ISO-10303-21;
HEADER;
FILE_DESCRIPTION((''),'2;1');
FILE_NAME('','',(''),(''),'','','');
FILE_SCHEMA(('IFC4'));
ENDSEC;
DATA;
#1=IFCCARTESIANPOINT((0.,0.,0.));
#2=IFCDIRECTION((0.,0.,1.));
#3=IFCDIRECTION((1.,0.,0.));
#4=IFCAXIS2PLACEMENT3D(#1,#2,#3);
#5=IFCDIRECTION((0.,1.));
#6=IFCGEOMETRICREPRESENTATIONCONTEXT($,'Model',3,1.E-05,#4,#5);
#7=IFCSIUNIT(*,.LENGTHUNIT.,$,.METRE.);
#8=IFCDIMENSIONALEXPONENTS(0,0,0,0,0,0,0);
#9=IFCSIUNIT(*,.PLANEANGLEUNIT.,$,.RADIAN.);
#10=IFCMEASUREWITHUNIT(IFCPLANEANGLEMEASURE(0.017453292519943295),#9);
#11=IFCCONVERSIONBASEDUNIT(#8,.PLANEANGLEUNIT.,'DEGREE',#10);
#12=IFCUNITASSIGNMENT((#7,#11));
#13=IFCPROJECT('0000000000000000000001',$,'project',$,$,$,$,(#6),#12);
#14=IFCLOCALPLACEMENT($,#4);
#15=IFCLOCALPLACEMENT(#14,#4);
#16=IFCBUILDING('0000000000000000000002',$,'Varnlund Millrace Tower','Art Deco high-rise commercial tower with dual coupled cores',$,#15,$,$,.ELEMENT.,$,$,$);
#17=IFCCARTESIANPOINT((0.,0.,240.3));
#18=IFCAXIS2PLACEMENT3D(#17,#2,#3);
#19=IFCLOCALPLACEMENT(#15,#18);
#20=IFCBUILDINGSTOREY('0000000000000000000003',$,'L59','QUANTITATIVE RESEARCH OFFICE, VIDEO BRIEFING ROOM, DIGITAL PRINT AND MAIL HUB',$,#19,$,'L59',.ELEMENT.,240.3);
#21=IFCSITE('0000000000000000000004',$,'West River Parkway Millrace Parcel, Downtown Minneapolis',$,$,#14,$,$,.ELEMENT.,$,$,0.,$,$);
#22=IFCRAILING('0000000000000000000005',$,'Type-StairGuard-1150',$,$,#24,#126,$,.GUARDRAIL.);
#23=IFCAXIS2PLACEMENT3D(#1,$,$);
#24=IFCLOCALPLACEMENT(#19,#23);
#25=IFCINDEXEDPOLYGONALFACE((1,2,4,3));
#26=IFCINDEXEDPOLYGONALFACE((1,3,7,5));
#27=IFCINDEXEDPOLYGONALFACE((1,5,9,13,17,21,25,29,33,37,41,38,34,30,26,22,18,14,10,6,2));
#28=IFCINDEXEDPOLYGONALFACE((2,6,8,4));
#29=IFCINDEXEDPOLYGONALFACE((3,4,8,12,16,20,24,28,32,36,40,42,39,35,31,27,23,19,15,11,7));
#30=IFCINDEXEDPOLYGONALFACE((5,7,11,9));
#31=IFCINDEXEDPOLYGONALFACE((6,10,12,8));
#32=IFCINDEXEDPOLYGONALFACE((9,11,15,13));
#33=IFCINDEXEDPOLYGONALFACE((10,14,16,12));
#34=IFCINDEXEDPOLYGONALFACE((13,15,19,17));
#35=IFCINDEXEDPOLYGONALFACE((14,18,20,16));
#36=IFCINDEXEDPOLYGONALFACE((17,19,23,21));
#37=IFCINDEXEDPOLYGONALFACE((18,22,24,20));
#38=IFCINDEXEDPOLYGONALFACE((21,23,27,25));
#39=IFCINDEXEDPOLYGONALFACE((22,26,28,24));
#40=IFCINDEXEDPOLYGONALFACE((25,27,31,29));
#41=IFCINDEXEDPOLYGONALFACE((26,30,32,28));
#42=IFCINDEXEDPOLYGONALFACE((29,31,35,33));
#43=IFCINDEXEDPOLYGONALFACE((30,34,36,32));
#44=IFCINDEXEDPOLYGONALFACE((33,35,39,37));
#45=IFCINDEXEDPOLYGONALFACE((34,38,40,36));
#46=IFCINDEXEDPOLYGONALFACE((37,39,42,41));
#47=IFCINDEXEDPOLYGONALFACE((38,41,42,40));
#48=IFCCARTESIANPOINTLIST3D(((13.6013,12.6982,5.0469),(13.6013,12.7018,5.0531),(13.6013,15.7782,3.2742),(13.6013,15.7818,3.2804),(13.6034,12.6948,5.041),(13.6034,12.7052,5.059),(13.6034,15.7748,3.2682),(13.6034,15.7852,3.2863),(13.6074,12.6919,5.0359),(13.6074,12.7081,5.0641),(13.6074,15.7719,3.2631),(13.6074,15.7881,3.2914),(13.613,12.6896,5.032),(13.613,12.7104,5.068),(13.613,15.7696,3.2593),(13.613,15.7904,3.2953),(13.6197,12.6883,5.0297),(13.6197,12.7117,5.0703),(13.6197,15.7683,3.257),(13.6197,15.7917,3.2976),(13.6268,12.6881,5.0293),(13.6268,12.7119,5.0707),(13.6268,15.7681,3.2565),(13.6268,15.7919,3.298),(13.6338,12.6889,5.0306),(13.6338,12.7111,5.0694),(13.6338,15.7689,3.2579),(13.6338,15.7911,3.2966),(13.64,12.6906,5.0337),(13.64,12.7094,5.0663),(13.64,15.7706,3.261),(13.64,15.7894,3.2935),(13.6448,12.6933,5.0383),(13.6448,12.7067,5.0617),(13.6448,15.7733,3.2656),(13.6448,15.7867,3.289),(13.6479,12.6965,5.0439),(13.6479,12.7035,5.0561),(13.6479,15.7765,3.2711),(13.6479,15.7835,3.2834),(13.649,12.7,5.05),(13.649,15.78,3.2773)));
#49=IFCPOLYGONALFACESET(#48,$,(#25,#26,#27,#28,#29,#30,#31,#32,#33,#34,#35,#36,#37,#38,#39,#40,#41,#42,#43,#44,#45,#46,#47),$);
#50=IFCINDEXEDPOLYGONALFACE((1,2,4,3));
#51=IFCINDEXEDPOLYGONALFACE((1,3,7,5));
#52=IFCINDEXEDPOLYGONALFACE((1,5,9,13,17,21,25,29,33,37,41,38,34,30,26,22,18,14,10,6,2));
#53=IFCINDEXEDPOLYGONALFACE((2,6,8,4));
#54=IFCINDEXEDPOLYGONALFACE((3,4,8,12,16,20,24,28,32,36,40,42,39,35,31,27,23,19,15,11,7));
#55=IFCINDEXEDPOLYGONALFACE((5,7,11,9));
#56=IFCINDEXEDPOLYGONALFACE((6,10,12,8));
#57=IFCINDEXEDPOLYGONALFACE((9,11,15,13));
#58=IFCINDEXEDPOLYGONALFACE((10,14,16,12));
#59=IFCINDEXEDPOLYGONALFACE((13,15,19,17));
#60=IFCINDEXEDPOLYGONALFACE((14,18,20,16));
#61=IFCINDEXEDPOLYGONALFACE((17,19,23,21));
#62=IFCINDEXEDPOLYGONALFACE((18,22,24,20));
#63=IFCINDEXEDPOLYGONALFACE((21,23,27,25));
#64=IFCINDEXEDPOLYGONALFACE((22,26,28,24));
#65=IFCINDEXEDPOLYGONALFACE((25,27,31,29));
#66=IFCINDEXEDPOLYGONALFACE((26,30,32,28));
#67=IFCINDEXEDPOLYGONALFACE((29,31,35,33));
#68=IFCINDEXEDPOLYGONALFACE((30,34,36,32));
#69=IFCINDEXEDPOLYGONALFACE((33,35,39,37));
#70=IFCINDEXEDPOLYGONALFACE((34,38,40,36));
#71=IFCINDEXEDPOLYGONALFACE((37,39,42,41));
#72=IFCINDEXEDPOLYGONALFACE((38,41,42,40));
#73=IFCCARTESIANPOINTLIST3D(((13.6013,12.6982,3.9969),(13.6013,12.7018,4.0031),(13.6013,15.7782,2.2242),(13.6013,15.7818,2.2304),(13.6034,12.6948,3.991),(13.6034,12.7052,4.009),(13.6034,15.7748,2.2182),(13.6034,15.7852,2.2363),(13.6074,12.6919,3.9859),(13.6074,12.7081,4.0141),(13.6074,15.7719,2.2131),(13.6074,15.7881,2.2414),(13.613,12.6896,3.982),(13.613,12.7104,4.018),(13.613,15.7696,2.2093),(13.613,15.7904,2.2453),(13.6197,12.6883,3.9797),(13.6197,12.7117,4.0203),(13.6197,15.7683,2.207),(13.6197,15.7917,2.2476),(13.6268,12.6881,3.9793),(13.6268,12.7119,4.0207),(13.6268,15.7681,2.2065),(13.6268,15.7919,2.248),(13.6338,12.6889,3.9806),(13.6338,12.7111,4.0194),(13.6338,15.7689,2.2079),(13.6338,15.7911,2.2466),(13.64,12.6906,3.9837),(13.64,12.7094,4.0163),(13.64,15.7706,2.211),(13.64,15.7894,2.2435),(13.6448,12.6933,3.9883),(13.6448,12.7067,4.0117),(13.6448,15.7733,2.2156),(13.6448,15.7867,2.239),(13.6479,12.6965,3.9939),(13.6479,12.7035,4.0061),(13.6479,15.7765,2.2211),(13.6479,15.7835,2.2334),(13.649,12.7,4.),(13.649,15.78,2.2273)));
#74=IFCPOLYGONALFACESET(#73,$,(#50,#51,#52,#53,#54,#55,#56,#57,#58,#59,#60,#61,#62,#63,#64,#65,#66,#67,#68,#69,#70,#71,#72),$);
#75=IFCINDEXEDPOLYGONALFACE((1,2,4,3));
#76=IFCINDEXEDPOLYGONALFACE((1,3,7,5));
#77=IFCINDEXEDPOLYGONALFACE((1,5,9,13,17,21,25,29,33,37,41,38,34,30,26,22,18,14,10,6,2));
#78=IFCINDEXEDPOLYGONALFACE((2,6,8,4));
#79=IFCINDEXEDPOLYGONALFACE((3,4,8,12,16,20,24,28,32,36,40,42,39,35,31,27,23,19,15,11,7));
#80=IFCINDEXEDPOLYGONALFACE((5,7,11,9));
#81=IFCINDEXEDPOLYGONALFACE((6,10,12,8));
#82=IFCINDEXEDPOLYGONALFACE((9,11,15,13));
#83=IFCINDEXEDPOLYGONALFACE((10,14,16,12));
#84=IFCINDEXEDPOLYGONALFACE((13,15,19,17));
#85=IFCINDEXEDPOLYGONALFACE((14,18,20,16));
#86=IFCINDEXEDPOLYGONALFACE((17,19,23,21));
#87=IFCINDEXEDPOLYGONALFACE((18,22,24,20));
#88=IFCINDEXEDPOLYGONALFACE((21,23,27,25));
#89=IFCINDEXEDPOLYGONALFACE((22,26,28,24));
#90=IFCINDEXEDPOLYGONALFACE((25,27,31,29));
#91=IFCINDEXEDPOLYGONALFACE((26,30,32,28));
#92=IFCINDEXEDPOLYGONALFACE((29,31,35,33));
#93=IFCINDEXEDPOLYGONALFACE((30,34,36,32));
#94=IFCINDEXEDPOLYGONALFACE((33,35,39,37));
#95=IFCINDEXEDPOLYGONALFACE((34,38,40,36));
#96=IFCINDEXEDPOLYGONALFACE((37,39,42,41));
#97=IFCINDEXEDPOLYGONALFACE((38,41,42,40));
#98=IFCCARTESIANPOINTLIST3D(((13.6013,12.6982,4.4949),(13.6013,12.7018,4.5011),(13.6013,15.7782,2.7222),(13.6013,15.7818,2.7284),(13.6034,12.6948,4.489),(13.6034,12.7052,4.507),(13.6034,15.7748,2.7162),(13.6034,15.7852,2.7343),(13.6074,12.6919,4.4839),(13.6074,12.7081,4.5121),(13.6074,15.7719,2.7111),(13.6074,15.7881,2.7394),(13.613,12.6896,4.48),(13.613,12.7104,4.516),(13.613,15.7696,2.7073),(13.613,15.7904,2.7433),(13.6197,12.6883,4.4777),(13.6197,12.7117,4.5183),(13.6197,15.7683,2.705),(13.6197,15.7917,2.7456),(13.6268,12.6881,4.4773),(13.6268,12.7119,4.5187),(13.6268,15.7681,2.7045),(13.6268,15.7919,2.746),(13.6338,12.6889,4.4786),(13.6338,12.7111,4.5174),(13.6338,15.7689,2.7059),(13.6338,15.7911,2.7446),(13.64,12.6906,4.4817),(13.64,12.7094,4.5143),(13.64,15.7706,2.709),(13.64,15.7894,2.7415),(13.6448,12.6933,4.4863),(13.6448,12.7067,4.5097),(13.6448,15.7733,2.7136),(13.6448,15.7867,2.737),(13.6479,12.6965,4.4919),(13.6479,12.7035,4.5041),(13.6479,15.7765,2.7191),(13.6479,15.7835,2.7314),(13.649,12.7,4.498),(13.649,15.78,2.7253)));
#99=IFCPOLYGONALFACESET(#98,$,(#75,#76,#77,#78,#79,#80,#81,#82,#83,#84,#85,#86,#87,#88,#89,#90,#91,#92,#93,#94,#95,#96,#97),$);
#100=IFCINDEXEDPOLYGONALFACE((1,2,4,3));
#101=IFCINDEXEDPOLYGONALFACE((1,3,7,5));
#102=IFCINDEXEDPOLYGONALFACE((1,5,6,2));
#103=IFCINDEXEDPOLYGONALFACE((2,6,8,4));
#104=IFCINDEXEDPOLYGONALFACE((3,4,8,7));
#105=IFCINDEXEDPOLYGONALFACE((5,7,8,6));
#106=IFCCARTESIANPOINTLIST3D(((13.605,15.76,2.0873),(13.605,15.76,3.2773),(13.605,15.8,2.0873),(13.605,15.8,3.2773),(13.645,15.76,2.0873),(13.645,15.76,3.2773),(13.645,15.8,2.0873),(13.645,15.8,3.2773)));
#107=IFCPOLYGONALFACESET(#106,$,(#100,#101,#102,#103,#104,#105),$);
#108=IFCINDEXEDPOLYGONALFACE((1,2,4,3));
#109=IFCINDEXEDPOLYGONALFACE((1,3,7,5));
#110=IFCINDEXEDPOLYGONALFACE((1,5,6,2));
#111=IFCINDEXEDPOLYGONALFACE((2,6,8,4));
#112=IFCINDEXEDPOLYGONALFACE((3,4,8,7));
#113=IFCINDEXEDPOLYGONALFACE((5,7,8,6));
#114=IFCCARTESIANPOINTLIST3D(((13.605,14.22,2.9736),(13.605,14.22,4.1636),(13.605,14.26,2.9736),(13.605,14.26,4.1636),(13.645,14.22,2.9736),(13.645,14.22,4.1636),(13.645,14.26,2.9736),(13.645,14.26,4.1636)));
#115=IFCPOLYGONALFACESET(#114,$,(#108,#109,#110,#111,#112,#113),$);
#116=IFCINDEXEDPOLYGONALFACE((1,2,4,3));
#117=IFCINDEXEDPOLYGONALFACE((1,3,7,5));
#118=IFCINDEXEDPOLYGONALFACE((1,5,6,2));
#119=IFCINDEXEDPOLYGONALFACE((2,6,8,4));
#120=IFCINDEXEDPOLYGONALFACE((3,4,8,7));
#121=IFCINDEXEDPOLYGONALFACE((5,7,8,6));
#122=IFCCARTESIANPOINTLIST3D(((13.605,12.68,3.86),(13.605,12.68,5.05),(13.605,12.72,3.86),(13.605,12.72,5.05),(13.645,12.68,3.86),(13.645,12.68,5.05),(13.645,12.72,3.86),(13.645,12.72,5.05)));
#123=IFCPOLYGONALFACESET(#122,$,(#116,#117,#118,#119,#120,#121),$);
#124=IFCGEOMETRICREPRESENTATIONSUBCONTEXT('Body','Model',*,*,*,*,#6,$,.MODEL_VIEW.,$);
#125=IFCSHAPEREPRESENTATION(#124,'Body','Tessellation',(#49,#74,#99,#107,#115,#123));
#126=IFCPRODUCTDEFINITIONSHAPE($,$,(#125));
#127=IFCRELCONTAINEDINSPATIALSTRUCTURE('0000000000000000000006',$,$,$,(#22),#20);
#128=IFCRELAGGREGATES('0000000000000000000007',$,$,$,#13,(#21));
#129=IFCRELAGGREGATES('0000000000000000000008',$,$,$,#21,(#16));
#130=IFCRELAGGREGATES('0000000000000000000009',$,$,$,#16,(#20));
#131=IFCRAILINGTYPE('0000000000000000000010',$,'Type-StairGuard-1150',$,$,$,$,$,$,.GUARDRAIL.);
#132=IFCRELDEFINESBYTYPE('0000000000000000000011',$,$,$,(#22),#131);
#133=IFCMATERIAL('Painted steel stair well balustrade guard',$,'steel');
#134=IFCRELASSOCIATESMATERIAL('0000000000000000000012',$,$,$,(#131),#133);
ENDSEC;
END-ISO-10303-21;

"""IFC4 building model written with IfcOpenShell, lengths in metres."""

from ifc_helpers import new_model, entity, si_unit, converted_unit, direction, frame, origin_with_axes, origin_2d_with_axis, place, context, subcontext, project, spatial, rectangle, circle, extrude, material, type_object, element, save


model = new_model("IFC4")

# Units and contexts
model_context = context("Model", 3, precision=1e-05, world=origin_with_axes(), true_north=direction((0.0, 1.0)))
body_context = subcontext(model_context, "Body", "Model", "MODEL_VIEW")
ifc_project = project(units=[si_unit("LENGTHUNIT", "METRE"), converted_unit("PLANEANGLEUNIT", "DEGREE", entity("IfcPlaneAngleMeasure", 0.017453292519943295), si_unit("PLANEANGLEUNIT", "RADIAN"), dimensions=[0, 0, 0, 0, 0, 0, 0])], contexts=[model_context])

# Site, building, storey
site_placement = place(None, origin_with_axes())
site = spatial("IfcSite", under=ifc_project, at=site_placement, Name="West River Parkway Millrace Parcel, Downtown Minneapolis", CompositionType="ELEMENT", RefElevation=0.0)
building_placement = place(site_placement, origin_with_axes())
building = spatial("IfcBuilding", under=site, at=building_placement, Name="Varnlund Millrace Tower", Description="Art Deco high-rise commercial tower with dual coupled cores", CompositionType="ELEMENT")
storey_placement = place(building_placement, frame((0.0, 0.0, 240.3), z_axis=(0.0, 0.0, 1.0), x_axis=(1.0, 0.0, 0.0)))
storey = spatial("IfcBuildingStorey", under=building, at=storey_placement, Name="L59", Description="QUANTITATIVE RESEARCH OFFICE, VIDEO BRIEFING ROOM, DIGITAL PRINT AND MAIL HUB", LongName="L59", CompositionType="ELEMENT", Elevation=240.3)

# Railing
ifc_material_1 = material(Name="Painted steel stair well balustrade guard", Category="steel")
railing_type_1 = type_object("IfcRailingType", Name="Type-StairGuard-1150", PredefinedType="GUARDRAIL", material=ifc_material_1)
railing_1_placement = place(storey_placement, frame((0.0, 0.0, -240.3), z_axis=(0.0, 0.0, 1.0), x_axis=(1.0, 0.0, 0.0)))
element("IfcRailing", 1, at=railing_1_placement, inside=storey, type_object=railing_type_1, Name="Type-StairGuard-1150", PredefinedType="GUARDRAIL", context=body_context, shape_type="SweptSolid", body=[
    extrude(circle(Radius=0.024, at=origin_2d_with_axis()), frame((13.625, 15.78, 243.5773), z_axis=(0.0, -0.866696, 0.498836), x_axis=(1.0, 0.0, 0.0)), (0.0, 0.0, 1.0), 3.5537),
    extrude(circle(Radius=0.024, at=origin_2d_with_axis()), frame((13.625, 15.78, 242.5273), z_axis=(0.0, -0.866696, 0.498836), x_axis=(1.0, 0.0, 0.0)), (0.0, 0.0, 1.0), 3.5537),
    extrude(circle(Radius=0.024, at=origin_2d_with_axis()), frame((13.625, 15.78, 243.0253), z_axis=(0.0, -0.866696, 0.498836), x_axis=(1.0, 0.0, 0.0)), (0.0, 0.0, 1.0), 3.5537),
    extrude(rectangle(XDim=0.04, YDim=0.04, at=origin_2d_with_axis()), frame((13.625, 15.78, 242.3873), z_axis=(0.0, 0.0, 1.0), x_axis=(1.0, 0.0, 0.0)), (0.0, 0.0, 1.0), 1.19),
    extrude(rectangle(XDim=0.04, YDim=0.04, at=origin_2d_with_axis()), frame((13.625, 14.24, 243.2736), z_axis=(0.0, 0.0, 1.0), x_axis=(1.0, 0.0, 0.0)), (0.0, 0.0, 1.0), 1.19),
    extrude(rectangle(XDim=0.04, YDim=0.04, at=origin_2d_with_axis()), frame((13.625, 12.7, 244.16), z_axis=(0.0, 0.0, 1.0), x_axis=(1.0, 0.0, 0.0)), (0.0, 0.0, 1.0), 1.19),
])

save(model, "model.ifc")
